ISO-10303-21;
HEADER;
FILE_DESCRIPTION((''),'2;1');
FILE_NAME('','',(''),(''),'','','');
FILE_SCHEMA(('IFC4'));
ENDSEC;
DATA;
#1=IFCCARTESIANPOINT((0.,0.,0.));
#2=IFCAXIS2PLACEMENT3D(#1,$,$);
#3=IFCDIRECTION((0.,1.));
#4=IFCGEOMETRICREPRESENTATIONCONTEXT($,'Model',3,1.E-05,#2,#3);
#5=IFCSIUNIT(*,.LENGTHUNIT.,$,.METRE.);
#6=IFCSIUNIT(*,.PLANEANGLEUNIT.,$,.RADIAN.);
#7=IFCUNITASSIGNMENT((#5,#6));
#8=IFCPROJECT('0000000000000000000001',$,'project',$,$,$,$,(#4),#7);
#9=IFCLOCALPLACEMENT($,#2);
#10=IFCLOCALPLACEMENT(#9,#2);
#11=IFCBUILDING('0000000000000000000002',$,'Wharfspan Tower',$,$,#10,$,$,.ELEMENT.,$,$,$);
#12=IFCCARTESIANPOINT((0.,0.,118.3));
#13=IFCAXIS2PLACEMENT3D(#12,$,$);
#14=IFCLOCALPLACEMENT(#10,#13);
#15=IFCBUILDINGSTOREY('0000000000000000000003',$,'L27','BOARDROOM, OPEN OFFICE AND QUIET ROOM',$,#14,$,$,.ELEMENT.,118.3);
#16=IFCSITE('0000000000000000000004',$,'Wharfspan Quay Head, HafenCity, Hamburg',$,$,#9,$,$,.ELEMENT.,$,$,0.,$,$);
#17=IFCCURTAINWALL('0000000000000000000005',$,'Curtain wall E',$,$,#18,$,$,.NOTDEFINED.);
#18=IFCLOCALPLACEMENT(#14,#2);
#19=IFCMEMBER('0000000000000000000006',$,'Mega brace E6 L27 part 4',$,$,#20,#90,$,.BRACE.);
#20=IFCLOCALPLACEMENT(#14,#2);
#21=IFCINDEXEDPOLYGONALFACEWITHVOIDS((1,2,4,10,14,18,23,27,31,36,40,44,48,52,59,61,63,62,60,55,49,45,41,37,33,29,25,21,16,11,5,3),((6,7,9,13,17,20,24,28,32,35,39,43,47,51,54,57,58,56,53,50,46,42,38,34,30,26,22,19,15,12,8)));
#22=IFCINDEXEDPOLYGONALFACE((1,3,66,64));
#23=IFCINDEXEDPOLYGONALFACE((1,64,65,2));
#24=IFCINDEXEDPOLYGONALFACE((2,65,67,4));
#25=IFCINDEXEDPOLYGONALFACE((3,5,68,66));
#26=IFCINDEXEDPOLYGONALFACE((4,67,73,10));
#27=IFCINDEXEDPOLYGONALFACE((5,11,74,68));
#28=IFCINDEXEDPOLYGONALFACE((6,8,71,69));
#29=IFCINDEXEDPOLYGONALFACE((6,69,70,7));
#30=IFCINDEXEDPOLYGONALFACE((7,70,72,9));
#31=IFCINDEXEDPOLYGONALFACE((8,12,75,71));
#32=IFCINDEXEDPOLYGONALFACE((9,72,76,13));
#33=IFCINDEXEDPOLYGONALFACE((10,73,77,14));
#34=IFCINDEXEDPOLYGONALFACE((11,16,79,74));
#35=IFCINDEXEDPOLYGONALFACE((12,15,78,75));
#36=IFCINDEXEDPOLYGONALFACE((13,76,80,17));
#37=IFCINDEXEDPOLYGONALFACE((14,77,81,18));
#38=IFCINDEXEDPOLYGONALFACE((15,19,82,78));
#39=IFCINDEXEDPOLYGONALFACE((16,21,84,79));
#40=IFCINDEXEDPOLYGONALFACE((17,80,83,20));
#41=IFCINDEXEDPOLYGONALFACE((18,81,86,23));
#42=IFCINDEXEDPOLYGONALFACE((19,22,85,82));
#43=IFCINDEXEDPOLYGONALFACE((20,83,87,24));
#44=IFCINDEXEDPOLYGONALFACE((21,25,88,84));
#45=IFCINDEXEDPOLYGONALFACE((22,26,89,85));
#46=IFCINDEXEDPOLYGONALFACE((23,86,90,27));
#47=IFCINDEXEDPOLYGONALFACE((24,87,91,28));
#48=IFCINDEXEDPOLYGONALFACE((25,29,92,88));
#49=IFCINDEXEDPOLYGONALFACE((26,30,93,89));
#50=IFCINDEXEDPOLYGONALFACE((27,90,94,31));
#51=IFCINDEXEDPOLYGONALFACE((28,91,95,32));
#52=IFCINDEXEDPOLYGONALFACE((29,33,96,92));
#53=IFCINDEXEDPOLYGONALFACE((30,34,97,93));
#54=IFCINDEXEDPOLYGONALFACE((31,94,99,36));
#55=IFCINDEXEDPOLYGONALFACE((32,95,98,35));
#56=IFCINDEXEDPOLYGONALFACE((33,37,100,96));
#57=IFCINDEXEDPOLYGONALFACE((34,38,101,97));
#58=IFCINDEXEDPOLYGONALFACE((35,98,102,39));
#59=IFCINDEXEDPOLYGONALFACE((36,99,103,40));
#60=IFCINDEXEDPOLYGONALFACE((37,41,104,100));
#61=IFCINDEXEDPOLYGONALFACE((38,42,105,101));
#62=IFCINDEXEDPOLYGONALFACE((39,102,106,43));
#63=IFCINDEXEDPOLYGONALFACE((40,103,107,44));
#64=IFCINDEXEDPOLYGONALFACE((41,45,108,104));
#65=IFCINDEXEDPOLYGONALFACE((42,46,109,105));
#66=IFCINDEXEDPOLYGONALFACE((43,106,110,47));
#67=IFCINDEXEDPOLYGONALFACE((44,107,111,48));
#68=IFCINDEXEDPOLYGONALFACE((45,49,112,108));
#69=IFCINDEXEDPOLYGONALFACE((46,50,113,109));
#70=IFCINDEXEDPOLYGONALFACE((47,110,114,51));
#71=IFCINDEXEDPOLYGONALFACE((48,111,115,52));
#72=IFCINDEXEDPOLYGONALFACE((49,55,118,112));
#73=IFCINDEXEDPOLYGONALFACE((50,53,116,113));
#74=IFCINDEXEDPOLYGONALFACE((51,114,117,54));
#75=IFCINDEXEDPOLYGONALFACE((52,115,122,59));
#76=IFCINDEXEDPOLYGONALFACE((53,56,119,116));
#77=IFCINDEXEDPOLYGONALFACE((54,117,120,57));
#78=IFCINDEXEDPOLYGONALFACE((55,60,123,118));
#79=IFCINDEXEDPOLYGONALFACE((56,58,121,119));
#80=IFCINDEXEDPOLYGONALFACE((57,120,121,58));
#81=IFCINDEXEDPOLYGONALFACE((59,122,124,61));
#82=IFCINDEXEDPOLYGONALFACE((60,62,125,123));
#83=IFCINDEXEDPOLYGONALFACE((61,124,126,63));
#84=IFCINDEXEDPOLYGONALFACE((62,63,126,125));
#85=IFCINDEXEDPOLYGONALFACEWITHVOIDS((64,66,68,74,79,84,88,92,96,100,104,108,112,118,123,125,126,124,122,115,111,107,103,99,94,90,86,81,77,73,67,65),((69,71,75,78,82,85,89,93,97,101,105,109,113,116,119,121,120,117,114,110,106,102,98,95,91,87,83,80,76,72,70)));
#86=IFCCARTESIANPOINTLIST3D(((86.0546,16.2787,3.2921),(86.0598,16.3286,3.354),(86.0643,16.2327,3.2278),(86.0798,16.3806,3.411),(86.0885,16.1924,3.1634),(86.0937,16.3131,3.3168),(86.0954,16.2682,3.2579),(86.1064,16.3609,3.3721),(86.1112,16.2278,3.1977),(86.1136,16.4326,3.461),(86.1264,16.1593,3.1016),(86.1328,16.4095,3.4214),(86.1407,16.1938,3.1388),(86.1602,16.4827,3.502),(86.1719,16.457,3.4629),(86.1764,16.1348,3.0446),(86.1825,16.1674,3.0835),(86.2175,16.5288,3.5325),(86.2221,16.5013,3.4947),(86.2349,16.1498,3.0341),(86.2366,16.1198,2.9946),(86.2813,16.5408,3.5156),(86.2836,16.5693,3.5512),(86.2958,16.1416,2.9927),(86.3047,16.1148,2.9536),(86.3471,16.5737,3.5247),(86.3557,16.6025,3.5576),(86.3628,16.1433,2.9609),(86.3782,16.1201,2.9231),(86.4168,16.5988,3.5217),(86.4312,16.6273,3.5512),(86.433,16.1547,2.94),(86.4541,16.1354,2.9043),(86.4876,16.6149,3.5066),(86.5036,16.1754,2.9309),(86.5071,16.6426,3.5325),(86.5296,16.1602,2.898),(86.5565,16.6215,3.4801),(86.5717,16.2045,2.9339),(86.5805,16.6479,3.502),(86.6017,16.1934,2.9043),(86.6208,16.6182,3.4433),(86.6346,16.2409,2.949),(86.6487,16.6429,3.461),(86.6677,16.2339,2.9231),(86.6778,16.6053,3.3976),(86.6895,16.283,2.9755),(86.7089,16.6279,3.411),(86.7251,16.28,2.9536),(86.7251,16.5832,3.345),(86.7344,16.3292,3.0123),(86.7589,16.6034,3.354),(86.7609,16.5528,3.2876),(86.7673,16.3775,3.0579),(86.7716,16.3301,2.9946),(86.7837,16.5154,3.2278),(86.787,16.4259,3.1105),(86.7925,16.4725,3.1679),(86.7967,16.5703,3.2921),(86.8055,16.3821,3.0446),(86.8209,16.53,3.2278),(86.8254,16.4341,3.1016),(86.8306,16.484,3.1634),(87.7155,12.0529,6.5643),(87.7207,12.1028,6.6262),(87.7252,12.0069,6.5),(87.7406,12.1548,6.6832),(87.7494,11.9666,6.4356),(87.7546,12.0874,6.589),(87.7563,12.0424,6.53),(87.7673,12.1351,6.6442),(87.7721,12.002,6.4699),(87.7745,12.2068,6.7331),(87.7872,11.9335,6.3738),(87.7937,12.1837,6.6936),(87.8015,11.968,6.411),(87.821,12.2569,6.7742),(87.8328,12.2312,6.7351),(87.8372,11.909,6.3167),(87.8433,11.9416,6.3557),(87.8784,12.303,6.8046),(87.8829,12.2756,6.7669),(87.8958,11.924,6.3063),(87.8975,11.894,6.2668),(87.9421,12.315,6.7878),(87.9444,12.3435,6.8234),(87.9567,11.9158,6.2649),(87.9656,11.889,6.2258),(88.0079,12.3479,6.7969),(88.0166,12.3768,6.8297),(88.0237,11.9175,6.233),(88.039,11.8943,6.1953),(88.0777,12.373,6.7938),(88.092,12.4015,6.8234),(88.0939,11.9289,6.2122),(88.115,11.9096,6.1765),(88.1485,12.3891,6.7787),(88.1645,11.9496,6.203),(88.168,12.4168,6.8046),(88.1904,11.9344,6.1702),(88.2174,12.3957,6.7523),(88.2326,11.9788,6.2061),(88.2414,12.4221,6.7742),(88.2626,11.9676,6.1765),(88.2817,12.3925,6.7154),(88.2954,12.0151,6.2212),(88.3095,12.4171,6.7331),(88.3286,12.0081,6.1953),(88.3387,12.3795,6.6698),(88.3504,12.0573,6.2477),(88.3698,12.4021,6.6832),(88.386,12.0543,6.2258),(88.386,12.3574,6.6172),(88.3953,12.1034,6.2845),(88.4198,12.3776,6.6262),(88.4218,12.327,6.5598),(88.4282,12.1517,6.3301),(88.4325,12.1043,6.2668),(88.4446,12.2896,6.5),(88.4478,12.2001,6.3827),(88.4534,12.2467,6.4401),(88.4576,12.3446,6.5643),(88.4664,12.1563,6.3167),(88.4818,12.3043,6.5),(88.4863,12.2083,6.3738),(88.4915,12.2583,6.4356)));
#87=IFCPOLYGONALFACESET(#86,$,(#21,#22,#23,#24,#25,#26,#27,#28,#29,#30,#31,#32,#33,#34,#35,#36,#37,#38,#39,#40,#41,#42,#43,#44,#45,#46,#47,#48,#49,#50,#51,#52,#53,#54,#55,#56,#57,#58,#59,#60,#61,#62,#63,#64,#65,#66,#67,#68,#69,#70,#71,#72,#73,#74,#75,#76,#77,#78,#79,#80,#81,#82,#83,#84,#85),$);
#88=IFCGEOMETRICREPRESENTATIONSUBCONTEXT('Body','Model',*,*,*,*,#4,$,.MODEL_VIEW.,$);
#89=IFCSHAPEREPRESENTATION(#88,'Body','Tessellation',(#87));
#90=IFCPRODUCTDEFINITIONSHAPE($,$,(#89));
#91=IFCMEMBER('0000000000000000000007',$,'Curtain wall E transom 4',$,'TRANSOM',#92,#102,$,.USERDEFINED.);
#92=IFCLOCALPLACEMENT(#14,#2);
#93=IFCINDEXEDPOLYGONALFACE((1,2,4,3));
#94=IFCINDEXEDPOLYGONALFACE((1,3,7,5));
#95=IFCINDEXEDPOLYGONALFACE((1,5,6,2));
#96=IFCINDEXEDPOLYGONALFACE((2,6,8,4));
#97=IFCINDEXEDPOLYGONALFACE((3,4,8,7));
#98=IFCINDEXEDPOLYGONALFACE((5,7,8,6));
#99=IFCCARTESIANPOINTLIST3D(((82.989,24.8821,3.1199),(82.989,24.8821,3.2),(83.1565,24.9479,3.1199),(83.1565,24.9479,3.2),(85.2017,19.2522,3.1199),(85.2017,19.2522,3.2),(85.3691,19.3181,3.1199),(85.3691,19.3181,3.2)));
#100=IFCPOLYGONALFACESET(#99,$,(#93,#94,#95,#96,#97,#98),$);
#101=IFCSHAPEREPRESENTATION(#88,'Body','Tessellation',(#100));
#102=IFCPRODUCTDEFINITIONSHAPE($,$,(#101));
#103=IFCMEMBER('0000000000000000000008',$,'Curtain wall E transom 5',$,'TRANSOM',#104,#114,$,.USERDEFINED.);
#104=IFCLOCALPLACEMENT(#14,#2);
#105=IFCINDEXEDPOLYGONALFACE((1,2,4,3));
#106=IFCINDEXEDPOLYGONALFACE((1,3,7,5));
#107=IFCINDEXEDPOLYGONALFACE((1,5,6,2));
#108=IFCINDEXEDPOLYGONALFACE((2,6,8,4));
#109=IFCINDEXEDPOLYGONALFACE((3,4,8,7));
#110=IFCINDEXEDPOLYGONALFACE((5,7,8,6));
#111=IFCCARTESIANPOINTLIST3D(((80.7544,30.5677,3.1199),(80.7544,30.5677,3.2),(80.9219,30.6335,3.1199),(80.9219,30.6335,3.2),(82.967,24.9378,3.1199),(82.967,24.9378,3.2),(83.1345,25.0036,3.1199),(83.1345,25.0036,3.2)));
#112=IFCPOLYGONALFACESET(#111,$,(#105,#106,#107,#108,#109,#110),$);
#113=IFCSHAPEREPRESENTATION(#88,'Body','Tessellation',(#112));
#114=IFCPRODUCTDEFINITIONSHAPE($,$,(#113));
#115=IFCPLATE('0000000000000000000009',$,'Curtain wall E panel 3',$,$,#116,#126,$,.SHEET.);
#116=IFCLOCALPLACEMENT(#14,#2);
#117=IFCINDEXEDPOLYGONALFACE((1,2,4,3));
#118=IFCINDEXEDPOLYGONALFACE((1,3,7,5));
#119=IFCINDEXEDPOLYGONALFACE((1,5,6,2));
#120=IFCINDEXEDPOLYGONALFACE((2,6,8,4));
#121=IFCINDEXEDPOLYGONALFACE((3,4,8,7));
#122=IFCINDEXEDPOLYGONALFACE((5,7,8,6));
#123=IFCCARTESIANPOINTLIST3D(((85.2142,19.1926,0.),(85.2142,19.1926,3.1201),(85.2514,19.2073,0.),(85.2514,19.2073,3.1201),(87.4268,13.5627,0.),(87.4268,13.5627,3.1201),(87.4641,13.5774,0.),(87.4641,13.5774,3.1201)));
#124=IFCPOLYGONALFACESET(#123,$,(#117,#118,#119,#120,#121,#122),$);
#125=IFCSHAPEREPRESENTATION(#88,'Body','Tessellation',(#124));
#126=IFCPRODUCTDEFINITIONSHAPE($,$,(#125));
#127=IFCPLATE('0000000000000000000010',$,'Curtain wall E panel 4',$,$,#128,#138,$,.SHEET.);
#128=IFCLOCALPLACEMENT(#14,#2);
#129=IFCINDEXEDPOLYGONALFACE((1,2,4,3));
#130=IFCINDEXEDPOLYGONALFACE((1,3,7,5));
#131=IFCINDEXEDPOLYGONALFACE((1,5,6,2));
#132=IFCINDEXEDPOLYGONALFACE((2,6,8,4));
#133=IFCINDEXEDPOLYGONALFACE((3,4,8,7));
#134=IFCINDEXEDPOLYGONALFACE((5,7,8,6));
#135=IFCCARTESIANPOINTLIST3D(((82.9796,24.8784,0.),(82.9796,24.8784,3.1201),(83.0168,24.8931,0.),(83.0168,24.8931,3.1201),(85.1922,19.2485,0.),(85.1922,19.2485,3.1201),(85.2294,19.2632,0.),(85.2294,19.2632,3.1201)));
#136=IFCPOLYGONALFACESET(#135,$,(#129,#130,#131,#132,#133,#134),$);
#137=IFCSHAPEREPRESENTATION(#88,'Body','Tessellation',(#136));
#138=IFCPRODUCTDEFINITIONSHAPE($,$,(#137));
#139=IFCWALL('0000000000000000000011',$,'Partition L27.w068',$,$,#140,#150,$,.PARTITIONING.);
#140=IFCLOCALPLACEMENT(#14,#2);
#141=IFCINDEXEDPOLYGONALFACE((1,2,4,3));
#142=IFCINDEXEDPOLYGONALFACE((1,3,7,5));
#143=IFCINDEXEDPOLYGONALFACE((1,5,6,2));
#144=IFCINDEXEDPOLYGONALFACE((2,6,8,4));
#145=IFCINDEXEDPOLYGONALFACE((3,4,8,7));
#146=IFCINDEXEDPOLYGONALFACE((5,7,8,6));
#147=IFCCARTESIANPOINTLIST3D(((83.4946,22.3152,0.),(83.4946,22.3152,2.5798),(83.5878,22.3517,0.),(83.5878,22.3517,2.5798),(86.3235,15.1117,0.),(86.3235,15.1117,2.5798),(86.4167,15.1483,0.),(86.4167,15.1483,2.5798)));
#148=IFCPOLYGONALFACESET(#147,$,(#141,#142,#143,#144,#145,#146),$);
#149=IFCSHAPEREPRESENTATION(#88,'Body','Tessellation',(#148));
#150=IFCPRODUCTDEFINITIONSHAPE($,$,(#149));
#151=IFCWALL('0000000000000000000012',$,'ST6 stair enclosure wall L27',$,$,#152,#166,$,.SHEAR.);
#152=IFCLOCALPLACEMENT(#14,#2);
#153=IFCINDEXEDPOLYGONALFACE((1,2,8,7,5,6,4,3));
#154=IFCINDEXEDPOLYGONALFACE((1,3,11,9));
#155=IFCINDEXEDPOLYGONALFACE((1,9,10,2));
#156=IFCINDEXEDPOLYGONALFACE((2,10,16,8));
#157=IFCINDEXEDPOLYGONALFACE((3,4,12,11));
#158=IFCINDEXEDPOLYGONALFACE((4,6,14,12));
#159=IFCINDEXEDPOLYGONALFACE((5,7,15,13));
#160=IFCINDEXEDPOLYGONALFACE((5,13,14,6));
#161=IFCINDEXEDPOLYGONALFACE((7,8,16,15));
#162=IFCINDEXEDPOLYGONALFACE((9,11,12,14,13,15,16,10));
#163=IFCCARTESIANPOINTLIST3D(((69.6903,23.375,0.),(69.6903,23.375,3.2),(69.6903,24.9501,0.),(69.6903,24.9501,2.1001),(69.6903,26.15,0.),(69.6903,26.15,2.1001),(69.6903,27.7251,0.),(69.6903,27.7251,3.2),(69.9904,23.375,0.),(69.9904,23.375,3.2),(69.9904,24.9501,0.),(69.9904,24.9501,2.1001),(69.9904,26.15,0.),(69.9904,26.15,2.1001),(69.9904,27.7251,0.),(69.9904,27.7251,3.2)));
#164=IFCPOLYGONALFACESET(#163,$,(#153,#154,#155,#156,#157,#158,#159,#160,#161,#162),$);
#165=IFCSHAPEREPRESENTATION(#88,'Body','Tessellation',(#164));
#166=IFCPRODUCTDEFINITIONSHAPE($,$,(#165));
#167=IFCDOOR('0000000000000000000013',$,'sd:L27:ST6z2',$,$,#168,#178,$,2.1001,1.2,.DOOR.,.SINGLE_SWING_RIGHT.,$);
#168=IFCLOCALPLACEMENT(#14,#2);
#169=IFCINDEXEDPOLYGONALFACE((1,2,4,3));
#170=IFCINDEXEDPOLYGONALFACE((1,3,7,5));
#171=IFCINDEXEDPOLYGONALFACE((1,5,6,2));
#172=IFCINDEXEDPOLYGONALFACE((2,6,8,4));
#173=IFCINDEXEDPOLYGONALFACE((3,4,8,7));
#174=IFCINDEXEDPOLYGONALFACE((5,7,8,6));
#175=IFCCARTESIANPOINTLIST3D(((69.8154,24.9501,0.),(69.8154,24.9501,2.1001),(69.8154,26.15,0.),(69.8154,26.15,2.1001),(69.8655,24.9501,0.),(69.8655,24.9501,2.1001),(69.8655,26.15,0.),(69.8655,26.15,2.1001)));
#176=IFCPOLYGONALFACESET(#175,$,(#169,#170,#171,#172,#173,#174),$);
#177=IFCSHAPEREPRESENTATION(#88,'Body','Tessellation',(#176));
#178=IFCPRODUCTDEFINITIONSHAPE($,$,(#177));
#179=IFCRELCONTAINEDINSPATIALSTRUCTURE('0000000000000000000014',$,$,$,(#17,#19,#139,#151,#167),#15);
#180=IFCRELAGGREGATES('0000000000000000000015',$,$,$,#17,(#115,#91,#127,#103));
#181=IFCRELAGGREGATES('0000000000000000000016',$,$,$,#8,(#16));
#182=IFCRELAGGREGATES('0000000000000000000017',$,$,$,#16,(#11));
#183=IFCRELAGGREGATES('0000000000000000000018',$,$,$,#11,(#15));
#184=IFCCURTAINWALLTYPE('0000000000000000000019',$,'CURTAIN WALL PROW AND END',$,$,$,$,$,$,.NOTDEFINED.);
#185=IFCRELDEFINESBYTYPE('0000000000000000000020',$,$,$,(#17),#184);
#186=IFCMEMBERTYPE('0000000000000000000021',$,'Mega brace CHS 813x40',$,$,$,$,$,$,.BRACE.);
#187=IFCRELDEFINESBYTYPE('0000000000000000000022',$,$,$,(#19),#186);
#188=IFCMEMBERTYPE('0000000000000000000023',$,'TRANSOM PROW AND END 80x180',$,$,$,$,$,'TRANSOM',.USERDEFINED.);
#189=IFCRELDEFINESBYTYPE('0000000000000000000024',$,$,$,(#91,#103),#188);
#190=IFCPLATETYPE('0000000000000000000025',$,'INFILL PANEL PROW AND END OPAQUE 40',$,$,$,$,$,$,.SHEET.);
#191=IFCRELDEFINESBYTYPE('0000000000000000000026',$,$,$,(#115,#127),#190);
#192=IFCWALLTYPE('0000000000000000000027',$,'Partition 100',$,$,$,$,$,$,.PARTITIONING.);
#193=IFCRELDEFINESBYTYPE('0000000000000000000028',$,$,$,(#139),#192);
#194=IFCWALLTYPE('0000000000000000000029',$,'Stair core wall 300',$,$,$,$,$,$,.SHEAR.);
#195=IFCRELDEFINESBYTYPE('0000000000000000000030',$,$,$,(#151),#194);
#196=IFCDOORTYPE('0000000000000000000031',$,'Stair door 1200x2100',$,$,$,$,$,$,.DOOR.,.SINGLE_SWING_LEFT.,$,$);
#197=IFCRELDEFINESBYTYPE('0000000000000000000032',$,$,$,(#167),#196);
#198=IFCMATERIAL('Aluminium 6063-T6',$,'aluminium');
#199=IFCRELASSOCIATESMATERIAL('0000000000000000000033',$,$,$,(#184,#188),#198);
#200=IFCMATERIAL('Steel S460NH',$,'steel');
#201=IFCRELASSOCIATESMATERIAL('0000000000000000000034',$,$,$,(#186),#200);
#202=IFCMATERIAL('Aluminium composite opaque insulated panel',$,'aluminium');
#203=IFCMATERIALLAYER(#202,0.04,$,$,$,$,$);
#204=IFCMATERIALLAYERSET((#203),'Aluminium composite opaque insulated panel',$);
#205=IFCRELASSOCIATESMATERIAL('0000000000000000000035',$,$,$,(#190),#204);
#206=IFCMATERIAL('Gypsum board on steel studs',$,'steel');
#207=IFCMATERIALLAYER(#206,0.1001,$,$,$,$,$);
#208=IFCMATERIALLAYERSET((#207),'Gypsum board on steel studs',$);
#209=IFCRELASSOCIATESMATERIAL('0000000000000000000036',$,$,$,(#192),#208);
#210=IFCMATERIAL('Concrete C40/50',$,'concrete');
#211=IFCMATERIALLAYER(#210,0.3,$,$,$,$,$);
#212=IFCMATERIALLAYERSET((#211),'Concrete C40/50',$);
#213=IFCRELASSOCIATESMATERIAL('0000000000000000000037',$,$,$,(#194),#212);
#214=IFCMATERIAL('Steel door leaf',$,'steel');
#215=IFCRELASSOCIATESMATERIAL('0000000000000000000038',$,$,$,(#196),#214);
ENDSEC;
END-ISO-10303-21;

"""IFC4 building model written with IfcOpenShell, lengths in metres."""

from ifc_helpers import new_model, si_unit, direction, frame, frame_2d, origin, origin_2d, place, context, subcontext, project, spatial, rectangle, hollow_circle, extrude, material, layer, layer_set, material_profile, profile_set, type_object, element, fill, aggregate, save


model = new_model("IFC4")

# Units and contexts
model_context = context("Model", 3, precision=1e-05, world=origin(), true_north=direction((0.0, 1.0)))
body_context = subcontext(model_context, "Body", "Model", "MODEL_VIEW")
ifc_project = project(units=[si_unit("LENGTHUNIT", "METRE"), si_unit("PLANEANGLEUNIT", "RADIAN")], contexts=[model_context])

# Site, building, storey
site_placement = place(None, origin())
site = spatial("IfcSite", under=ifc_project, at=site_placement, Name="Wharfspan Quay Head, HafenCity, Hamburg", CompositionType="ELEMENT", RefElevation=0.0)
building_placement = place(site_placement, origin())
building = spatial("IfcBuilding", under=site, at=building_placement, Name="Wharfspan Tower", CompositionType="ELEMENT")
storey_placement = place(building_placement, frame((0.0, 0.0, 118.3)))
storey = spatial("IfcBuildingStorey", under=building, at=storey_placement, Name="L27", Description="BOARDROOM, OPEN OFFICE AND QUIET ROOM", CompositionType="ELEMENT", Elevation=118.3)

# Curtain wall
ifc_material_1 = material(Name="Aluminium 6063-T6", Category="aluminium")
curtain_wall_type = type_object("IfcCurtainWallType", Name="CURTAIN WALL PROW AND END", PredefinedType="NOTDEFINED", material=ifc_material_1)
curtain_wall_placement = place(storey_placement, origin())
curtain_wall = element("IfcCurtainWall", 1, at=curtain_wall_placement, inside=storey, type_object=curtain_wall_type, Name="Curtain wall E", PredefinedType="NOTDEFINED")

# Member
ifc_material_2 = material(Name="Steel S460NH", Category="steel")
ifc_material_profile_1 = material_profile(ifc_material_2, hollow_circle(Radius=0.4065, WallThickness=0.04, at=origin_2d()))
ifc_profile_set_1 = profile_set([ifc_material_profile_1], Name="Steel S460NH")
member_type_1 = type_object("IfcMemberType", Name="Mega brace CHS 813x40", PredefinedType="BRACE", material=ifc_profile_set_1)
member_1_placement = place(storey_placement, frame((86.4426, 16.3813, 3.2278), z_axis=(0.29676, -0.755051, 0.584664), x_axis=(0.930695, 0.365797, 0.000004)))
element("IfcMember", 2, at=member_1_placement, inside=storey, type_object=member_type_1, Name="Mega brace E6 L27 part 4", PredefinedType="BRACE", context=body_context, shape_type="SweptSolid", body=[
    extrude(hollow_circle(Radius=0.4065, WallThickness=0.04, at=origin_2d()), origin(), (0.0, 0.0, 1.0), 5.5967),
])

# Members
ifc_material_profile_2 = material_profile(ifc_material_1, rectangle(XDim=0.1799, YDim=0.0801, at=origin_2d()))
ifc_profile_set_2 = profile_set([ifc_material_profile_2], Name="Aluminium 6063-T6")
member_type_2 = type_object("IfcMemberType", Name="TRANSOM PROW AND END 80x180", ElementType="TRANSOM", PredefinedType="USERDEFINED", material=ifc_profile_set_2)
member_2_placement = place(storey_placement, frame((85.2854, 19.2852, 3.1599), z_axis=(-0.365782, 0.9307, 0.0), x_axis=(-0.9307, -0.365782, 0.0)))
member_2 = element("IfcMember", 3, at=member_2_placement, type_object=member_type_2, Name="Curtain wall E transom 4", ObjectType="TRANSOM", PredefinedType="USERDEFINED", context=body_context, shape_type="SweptSolid", body=[
    extrude(rectangle(XDim=0.1799, YDim=0.0801, at=origin_2d()), origin(), (0.0, 0.0, 1.0), 6.0491),
])
member_3_placement = place(storey_placement, frame((83.0508, 24.9707, 3.1599), z_axis=(-0.365782, 0.9307, 0.0), x_axis=(-0.9307, -0.365782, 0.0)))
member_3 = element("IfcMember", 4, at=member_3_placement, type_object=member_type_2, Name="Curtain wall E transom 5", ObjectType="TRANSOM", PredefinedType="USERDEFINED", context=body_context, shape_type="SweptSolid", body=[
    extrude(rectangle(XDim=0.1799, YDim=0.0801, at=origin_2d()), origin(), (0.0, 0.0, 1.0), 6.0491),
])

# Plates
ifc_material_3 = material(Name="Aluminium composite opaque insulated panel", Category="aluminium")
ifc_layer_1 = layer(ifc_material_3, 0.04)
ifc_layer_set_1 = layer_set([ifc_layer_1], Name="Aluminium composite opaque insulated panel")
plate_type = type_object("IfcPlateType", Name="INFILL PANEL PROW AND END OPAQUE 40", PredefinedType="SHEET", material=ifc_layer_set_1)
plate_1_placement = place(storey_placement, frame((86.3391, 16.385, 0.0), z_axis=(0.0, 0.0, 1.0), x_axis=(-0.365778, 0.930702, 0.0)))
plate_1 = element("IfcPlate", 5, at=plate_1_placement, type_object=plate_type, Name="Curtain wall E panel 3", PredefinedType="SHEET", context=body_context, shape_type="SweptSolid", body=[
    extrude(rectangle(XDim=6.0491, YDim=0.04, at=origin_2d()), origin(), (0.0, 0.0, 1.0), 3.1201),
])
plate_2_placement = place(storey_placement, frame((84.1045, 22.0708, 0.0), z_axis=(0.0, 0.0, 1.0), x_axis=(-0.365778, 0.930702, 0.0)))
plate_2 = element("IfcPlate", 6, at=plate_2_placement, type_object=plate_type, Name="Curtain wall E panel 4", PredefinedType="SHEET", context=body_context, shape_type="SweptSolid", body=[
    extrude(rectangle(XDim=6.0491, YDim=0.04, at=origin_2d()), origin(), (0.0, 0.0, 1.0), 3.1201),
])
aggregate(curtain_wall, [plate_1, member_2, plate_2, member_3])

# Wall
ifc_material_4 = material(Name="Gypsum board on steel studs", Category="steel")
ifc_layer_2 = layer(ifc_material_4, 0.1001)
ifc_layer_set_2 = layer_set([ifc_layer_2], Name="Gypsum board on steel studs")
wall_type_1 = type_object("IfcWallType", Name="Partition 100", PredefinedType="PARTITIONING", material=ifc_layer_set_2)
wall_1_placement = place(storey_placement, frame((86.3701, 15.1299, 0.0), z_axis=(0.0, 0.0, 1.0), x_axis=(-0.365535, 0.930794, 0.0)))
element("IfcWall", 7, at=wall_1_placement, inside=storey, type_object=wall_type_1, Name="Partition L27.w068", PredefinedType="PARTITIONING", context=body_context, shape_type="SweptSolid", body=[
    extrude(rectangle(XDim=7.739, YDim=0.1001, at=frame_2d((3.8696, 0.0))), origin(), (0.0, 0.0, 1.0), 2.5798),
])

# Wall, opening, door
ifc_material_5 = material(Name="Concrete C40/50", Category="concrete")
ifc_layer_3 = layer(ifc_material_5, 0.3)
ifc_layer_set_3 = layer_set([ifc_layer_3], Name="Concrete C40/50")
wall_type_2 = type_object("IfcWallType", Name="Stair core wall 300", PredefinedType="SHEAR", material=ifc_layer_set_3)
wall_2_placement = place(storey_placement, frame((69.8403, 23.375, 0.0), z_axis=(0.0, 0.0, 1.0), x_axis=(0.0, 1.0, 0.0)))
wall_2 = element("IfcWall", 8, at=wall_2_placement, inside=storey, type_object=wall_type_2, Name="ST6 stair enclosure wall L27", PredefinedType="SHEAR", context=body_context, shape_type="SweptSolid", body=[
    extrude(rectangle(XDim=4.3501, YDim=0.3, at=frame_2d((2.175, 0.0))), origin(), (0.0, 0.0, 1.0), 3.2),
])
opening_placement = place(wall_2_placement, frame((1.575, 0.0, 0.0)))
opening = element("IfcOpeningElement", 9, at=opening_placement, cuts=wall_2, PredefinedType="OPENING", context=body_context, shape_type="SweptSolid", body=[
    extrude(rectangle(XDim=1.2, YDim=2.1001, at=frame_2d((0.6001, 1.05))), frame((0.0, 0.1599, 0.0), z_axis=(0.0, -1.0, 0.0), x_axis=(1.0, 0.0, 0.0)), (0.0, 0.0, 1.0), 0.3201),
])
ifc_material_6 = material(Name="Steel door leaf", Category="steel")
door_type = type_object("IfcDoorType", Name="Stair door 1200x2100", OperationType="SINGLE_SWING_LEFT", PredefinedType="DOOR", material=ifc_material_6)
door_placement = place(opening_placement, origin())
door = element("IfcDoor", 10, at=door_placement, inside=storey, type_object=door_type, Name="sd:L27:ST6z2", OperationType="SINGLE_SWING_RIGHT", OverallHeight=2.1001, OverallWidth=1.2, PredefinedType="DOOR", context=body_context, shape_type="SweptSolid", body=[
    extrude(rectangle(XDim=1.2, YDim=2.1001, at=frame_2d((0.6001, 1.05))), frame((0.0, 0.0249, 0.0), z_axis=(0.0, -1.0, 0.0), x_axis=(1.0, 0.0, 0.0)), (0.0, 0.0, 1.0), 0.05),
])
fill(opening, door)

save(model, "model.ifc")
